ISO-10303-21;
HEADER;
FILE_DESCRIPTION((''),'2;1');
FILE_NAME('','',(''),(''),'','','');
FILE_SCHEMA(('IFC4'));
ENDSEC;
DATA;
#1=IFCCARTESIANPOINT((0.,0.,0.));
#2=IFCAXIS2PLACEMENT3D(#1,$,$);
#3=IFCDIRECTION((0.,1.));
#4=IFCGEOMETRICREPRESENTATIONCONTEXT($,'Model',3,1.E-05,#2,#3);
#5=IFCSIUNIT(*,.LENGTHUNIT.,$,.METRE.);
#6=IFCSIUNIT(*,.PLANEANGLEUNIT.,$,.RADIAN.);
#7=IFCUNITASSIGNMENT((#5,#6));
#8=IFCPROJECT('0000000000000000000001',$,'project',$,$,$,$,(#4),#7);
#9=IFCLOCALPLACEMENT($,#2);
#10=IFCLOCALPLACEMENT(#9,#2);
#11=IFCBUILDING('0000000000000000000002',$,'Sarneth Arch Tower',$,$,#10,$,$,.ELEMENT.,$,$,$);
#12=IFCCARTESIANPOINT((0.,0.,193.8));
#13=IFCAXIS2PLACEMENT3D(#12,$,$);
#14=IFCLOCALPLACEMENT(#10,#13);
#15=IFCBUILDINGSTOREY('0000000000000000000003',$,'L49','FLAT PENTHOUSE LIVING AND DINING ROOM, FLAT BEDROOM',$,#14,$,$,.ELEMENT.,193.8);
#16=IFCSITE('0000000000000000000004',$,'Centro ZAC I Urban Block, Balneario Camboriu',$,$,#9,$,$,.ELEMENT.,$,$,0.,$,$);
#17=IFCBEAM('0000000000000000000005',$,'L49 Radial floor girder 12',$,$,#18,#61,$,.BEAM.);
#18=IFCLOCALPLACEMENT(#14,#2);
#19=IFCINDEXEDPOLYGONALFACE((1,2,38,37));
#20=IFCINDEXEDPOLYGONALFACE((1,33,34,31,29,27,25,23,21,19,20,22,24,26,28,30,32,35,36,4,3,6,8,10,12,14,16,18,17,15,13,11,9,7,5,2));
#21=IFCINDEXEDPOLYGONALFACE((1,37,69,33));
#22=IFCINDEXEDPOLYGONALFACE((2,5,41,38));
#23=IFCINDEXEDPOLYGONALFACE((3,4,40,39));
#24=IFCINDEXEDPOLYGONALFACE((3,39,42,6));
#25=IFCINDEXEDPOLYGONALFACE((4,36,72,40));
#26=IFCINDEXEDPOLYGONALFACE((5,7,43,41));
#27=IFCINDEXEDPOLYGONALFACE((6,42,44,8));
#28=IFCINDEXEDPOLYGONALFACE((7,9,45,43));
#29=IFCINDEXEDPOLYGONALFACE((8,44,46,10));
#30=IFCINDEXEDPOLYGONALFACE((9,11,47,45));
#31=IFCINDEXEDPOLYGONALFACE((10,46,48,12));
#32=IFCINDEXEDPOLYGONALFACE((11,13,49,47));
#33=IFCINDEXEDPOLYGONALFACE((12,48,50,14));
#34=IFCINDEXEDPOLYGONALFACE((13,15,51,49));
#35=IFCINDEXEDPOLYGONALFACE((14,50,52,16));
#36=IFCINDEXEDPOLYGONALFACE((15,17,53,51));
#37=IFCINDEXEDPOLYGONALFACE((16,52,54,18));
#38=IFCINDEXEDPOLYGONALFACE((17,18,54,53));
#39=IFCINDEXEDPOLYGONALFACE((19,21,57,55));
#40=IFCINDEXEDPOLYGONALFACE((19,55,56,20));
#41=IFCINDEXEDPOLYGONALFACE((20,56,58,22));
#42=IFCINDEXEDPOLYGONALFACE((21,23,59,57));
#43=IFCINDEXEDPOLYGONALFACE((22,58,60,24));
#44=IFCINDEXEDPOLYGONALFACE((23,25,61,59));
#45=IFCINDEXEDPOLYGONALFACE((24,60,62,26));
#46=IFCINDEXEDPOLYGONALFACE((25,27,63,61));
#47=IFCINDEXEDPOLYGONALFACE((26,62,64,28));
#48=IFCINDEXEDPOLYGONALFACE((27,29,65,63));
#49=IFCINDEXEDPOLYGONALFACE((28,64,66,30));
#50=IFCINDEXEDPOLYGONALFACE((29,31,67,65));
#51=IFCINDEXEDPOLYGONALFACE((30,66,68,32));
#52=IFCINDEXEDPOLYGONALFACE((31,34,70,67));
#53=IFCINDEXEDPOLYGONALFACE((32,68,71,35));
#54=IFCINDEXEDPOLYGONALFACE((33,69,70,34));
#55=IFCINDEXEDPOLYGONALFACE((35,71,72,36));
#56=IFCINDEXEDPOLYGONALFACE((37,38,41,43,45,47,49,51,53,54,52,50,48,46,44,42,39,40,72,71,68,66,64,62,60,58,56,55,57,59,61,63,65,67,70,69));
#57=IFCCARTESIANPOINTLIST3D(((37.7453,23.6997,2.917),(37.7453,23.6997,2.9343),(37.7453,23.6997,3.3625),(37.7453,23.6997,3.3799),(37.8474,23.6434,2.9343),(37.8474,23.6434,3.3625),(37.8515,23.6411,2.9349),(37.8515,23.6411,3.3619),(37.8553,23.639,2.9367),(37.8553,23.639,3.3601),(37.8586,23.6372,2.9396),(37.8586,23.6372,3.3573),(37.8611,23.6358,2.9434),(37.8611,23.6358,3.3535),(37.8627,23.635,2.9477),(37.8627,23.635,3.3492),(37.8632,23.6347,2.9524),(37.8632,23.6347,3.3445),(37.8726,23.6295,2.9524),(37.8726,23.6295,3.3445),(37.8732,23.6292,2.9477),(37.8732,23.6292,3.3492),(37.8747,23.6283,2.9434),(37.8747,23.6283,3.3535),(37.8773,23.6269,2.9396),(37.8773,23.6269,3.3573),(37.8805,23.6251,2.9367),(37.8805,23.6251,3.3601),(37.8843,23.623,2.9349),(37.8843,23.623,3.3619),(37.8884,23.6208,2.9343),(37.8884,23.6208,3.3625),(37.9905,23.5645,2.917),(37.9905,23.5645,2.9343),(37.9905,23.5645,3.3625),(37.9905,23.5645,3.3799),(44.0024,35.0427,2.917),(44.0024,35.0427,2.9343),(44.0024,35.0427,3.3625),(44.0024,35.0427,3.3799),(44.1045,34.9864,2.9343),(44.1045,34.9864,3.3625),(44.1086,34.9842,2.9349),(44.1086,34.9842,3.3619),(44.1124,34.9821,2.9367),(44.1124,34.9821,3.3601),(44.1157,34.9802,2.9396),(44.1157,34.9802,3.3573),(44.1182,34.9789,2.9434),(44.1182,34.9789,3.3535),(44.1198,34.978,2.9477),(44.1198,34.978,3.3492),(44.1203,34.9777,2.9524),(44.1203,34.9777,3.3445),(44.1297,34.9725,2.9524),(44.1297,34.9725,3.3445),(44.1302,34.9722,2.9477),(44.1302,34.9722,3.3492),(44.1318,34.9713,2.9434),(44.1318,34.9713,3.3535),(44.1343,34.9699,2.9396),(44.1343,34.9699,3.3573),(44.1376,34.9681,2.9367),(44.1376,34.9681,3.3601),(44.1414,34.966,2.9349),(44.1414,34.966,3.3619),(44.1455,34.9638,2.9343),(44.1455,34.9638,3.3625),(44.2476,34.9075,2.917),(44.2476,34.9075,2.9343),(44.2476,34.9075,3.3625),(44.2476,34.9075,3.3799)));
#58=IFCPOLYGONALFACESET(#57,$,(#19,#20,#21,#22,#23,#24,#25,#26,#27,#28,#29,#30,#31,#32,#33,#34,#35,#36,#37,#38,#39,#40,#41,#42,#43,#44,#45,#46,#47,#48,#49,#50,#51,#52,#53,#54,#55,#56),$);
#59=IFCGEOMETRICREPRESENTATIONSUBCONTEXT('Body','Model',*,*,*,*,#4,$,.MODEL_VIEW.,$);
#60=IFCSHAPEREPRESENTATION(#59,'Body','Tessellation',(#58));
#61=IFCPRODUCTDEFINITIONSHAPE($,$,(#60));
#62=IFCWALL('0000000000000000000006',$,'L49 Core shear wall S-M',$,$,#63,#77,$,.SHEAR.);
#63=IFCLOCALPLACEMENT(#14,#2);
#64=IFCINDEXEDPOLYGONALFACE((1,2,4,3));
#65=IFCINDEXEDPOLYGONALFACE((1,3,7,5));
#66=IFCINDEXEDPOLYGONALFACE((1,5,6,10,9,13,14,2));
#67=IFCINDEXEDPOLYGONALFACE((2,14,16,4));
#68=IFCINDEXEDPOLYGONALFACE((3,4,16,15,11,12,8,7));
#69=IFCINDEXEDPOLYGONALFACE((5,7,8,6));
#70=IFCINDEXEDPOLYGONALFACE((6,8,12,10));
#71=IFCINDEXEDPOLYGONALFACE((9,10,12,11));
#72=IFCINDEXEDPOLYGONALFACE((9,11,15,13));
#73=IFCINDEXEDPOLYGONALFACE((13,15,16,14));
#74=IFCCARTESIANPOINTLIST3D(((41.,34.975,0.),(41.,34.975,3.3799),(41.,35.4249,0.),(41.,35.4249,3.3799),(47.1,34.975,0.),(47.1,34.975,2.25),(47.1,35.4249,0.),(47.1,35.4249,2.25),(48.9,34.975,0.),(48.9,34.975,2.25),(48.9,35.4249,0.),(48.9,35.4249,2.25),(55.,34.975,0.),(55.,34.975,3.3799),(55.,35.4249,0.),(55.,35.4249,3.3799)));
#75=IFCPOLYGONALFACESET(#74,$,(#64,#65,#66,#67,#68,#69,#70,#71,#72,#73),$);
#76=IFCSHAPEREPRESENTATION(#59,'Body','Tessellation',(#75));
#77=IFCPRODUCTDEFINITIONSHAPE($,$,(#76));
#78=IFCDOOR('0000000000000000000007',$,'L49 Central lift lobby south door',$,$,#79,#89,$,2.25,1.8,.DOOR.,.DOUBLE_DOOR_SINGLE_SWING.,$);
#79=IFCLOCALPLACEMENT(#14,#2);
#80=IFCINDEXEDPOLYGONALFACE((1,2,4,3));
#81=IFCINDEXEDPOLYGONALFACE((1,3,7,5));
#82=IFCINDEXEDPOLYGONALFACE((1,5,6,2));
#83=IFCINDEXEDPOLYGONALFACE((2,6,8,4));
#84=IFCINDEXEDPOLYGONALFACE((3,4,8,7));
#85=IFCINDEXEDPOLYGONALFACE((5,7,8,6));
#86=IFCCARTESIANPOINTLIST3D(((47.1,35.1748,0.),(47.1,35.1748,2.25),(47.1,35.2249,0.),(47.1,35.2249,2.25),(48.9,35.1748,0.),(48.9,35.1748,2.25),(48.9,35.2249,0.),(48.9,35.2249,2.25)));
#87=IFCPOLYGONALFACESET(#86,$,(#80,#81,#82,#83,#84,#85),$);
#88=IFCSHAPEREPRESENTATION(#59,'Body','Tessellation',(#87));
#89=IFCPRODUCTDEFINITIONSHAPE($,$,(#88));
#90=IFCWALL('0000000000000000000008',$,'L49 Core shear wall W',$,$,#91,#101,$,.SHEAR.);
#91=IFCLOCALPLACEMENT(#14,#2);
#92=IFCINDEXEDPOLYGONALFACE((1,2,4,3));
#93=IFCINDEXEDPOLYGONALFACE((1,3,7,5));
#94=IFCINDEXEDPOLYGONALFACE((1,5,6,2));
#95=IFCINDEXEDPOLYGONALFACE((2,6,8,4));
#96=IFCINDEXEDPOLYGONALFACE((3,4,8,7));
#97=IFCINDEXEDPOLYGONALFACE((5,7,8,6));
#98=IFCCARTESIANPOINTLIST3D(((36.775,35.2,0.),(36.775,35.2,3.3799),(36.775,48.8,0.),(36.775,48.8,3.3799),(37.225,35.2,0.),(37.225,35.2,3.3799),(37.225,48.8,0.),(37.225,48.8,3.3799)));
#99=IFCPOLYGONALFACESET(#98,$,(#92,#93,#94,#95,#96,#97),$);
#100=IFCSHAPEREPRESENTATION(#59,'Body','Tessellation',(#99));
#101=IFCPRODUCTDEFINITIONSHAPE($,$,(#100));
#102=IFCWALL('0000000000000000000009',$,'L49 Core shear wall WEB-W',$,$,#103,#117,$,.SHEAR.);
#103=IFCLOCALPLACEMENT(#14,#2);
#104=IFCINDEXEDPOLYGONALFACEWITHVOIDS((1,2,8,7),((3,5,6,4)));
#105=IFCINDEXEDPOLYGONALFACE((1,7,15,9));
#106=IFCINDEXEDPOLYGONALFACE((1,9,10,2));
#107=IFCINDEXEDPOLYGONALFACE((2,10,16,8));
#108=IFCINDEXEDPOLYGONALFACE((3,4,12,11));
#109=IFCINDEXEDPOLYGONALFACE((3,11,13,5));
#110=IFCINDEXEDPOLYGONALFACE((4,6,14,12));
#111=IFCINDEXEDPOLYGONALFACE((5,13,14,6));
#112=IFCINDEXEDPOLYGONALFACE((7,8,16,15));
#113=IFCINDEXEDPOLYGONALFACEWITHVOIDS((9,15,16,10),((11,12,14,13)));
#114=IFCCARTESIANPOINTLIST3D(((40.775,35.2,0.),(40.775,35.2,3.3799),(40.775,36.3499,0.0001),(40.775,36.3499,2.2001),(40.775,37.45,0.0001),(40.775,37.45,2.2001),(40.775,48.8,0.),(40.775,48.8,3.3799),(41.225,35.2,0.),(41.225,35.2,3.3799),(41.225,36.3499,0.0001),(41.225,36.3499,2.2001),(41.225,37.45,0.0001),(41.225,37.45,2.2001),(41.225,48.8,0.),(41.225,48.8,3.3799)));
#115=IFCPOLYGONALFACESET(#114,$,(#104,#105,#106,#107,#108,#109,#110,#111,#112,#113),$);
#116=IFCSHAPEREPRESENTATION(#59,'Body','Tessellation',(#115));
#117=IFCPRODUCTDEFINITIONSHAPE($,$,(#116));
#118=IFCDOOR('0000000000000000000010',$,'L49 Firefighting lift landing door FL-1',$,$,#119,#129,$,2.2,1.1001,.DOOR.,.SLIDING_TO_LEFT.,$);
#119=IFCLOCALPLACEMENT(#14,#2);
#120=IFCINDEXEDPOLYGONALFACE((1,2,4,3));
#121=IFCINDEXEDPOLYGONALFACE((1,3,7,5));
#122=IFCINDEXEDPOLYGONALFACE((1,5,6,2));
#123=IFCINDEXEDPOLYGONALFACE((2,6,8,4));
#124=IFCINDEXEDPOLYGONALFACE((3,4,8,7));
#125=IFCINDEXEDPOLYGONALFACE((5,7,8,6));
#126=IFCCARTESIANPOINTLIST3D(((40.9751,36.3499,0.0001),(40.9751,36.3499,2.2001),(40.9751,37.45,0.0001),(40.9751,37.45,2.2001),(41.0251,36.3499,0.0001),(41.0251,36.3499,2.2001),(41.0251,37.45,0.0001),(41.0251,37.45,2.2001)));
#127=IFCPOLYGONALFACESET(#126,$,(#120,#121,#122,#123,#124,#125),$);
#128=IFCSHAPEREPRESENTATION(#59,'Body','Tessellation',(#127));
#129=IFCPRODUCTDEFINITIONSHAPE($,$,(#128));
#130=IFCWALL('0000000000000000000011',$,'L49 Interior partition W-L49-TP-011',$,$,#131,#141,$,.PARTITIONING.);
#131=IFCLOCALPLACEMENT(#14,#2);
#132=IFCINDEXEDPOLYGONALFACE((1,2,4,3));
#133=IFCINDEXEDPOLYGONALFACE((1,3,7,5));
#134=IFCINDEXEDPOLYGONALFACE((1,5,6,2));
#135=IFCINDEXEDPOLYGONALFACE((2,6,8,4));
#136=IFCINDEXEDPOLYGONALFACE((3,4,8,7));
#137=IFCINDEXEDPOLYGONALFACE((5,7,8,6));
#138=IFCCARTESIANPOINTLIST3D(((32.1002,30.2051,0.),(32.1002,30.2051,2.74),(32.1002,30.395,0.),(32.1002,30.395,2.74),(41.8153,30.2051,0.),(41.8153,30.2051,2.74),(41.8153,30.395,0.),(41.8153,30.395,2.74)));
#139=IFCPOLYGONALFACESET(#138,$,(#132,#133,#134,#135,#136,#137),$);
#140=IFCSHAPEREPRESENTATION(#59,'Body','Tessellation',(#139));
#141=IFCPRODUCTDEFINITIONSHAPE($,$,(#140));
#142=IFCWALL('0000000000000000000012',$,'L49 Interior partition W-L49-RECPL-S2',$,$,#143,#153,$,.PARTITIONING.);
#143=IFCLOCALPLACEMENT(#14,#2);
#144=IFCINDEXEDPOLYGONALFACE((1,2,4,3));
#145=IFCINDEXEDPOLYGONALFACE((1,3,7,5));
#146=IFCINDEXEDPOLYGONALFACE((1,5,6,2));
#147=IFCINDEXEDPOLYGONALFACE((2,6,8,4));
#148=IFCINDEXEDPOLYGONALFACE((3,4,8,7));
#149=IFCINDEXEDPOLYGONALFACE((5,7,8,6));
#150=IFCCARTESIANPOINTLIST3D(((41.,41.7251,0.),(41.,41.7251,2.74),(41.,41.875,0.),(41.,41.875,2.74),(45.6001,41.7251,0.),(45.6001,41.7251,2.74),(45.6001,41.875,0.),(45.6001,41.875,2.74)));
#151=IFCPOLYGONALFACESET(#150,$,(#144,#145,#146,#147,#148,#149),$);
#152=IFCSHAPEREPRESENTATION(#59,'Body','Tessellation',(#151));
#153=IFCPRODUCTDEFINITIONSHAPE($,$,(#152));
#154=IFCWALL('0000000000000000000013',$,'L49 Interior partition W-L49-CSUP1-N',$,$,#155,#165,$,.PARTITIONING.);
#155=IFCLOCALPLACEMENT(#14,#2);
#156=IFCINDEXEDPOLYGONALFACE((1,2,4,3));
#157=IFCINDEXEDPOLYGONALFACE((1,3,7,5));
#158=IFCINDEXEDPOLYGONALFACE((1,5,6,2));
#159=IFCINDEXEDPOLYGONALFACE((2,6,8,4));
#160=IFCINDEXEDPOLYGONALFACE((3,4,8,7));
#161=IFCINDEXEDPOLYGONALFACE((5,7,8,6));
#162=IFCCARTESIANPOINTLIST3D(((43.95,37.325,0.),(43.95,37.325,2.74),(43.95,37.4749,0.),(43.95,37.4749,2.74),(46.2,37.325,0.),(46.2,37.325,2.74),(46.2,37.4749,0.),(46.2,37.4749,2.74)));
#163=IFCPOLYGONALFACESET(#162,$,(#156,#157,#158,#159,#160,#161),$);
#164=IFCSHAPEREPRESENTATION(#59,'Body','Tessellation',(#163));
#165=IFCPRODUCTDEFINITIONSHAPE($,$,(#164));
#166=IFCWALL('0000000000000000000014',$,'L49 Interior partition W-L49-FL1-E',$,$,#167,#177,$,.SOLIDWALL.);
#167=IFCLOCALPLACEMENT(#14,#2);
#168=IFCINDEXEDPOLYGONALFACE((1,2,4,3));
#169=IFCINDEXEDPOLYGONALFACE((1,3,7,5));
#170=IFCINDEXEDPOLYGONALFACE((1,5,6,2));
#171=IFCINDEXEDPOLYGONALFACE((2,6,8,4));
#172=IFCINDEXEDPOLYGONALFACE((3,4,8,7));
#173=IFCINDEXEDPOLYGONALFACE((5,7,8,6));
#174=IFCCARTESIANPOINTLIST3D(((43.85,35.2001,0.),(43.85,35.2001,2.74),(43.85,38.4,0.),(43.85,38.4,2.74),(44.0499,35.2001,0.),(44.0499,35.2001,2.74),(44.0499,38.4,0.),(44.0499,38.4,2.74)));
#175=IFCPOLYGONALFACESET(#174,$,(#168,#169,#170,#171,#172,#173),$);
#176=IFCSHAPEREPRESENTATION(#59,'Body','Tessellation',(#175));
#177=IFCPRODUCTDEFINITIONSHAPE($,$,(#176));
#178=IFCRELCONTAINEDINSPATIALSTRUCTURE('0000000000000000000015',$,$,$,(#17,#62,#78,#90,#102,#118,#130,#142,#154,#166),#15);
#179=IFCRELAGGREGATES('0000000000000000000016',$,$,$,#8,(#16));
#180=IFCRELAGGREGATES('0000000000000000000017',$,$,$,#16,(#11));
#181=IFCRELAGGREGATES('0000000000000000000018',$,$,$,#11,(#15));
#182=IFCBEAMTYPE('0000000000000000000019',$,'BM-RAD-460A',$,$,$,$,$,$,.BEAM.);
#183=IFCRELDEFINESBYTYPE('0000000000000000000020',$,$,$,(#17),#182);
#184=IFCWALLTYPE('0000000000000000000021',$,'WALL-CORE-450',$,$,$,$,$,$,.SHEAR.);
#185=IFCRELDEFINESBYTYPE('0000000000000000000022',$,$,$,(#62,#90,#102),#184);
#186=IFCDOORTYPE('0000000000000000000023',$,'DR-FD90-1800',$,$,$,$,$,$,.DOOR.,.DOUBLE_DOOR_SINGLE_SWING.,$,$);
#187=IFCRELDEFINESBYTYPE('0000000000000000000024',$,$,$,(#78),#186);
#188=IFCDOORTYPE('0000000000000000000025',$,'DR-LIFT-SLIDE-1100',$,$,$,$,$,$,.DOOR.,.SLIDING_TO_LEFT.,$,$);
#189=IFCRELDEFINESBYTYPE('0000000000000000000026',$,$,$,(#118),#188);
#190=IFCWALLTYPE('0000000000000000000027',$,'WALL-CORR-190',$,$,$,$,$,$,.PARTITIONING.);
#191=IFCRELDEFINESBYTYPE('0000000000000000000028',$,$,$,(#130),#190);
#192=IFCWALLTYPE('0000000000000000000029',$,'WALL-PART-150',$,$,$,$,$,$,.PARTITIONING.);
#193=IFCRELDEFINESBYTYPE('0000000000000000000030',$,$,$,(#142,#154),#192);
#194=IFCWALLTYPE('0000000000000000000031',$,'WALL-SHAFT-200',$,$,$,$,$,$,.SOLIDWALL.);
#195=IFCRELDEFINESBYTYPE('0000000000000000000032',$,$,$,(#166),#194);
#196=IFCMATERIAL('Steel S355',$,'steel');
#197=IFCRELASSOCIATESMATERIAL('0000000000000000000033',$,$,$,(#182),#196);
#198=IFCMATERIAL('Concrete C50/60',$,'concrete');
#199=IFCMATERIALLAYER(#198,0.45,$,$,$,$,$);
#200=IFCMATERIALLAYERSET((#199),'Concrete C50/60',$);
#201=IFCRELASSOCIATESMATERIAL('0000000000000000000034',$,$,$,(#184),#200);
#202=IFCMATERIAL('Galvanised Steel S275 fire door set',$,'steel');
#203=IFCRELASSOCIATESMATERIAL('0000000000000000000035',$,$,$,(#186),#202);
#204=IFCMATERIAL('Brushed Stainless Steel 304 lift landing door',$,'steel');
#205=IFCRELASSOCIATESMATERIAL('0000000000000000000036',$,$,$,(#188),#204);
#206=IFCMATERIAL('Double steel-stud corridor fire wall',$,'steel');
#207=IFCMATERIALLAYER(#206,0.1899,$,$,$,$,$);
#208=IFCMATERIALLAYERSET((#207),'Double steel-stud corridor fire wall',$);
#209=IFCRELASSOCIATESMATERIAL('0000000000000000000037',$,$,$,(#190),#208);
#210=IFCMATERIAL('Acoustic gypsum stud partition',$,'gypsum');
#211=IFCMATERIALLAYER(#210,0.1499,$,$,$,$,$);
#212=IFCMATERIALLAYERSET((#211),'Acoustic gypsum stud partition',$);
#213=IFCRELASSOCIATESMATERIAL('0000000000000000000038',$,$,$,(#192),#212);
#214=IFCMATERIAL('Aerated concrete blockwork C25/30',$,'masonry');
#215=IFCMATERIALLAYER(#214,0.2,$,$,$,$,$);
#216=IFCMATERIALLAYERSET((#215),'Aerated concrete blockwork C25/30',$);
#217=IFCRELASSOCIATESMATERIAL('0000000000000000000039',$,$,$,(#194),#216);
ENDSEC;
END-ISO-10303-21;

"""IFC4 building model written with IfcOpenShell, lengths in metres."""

from ifc_helpers import new_model, si_unit, direction, frame, frame_2d, origin, origin_2d, place, context, subcontext, project, spatial, rectangle, i_section, extrude, material, layer, layer_set, material_profile, profile_set, type_object, element, fill, save


model = new_model("IFC4")

# Units and contexts
model_context = context("Model", 3, precision=1e-05, world=origin(), true_north=direction((0.0, 1.0)))
body_context = subcontext(model_context, "Body", "Model", "MODEL_VIEW")
ifc_project = project(units=[si_unit("LENGTHUNIT", "METRE"), si_unit("PLANEANGLEUNIT", "RADIAN")], contexts=[model_context])

# Site, building, storey
site_placement = place(None, origin())
site = spatial("IfcSite", under=ifc_project, at=site_placement, Name="Centro ZAC I Urban Block, Balneario Camboriu", CompositionType="ELEMENT", RefElevation=0.0)
building_placement = place(site_placement, origin())
building = spatial("IfcBuilding", under=site, at=building_placement, Name="Sarneth Arch Tower", CompositionType="ELEMENT")
storey_placement = place(building_placement, frame((0.0, 0.0, 193.8)))
storey = spatial("IfcBuildingStorey", under=building, at=storey_placement, Name="L49", Description="FLAT PENTHOUSE LIVING AND DINING ROOM, FLAT BEDROOM", CompositionType="ELEMENT", Elevation=193.8)

# Beam
ifc_material_1 = material(Name="Steel S355", Category="steel")
ifc_material_profile_1 = material_profile(ifc_material_1, i_section(OverallWidth=0.28, OverallDepth=0.4629, WebThickness=0.0107, FlangeThickness=0.0173, FilletRadius=0.0181, at=origin_2d()), Name="W460x113")
ifc_profile_set_1 = profile_set([ifc_material_profile_1], Name="Steel S355")
beam_type_1 = type_object("IfcBeamType", Name="BM-RAD-460A", PredefinedType="BEAM", material=ifc_profile_set_1)
beam_1_placement = place(storey_placement, frame((44.125, 34.9751, 3.1484), z_axis=(-0.48301, -0.875615, 0.0), x_axis=(0.875615, -0.48301, 0.0)))
element("IfcBeam", 1, at=beam_1_placement, inside=storey, type_object=beam_type_1, Name="L49 Radial floor girder 12", PredefinedType="BEAM", context=body_context, shape_type="SweptSolid", body=[
    extrude(i_section(OverallWidth=0.28, OverallDepth=0.4629, WebThickness=0.0107, FlangeThickness=0.0173, FilletRadius=0.0181, at=origin_2d()), origin(), (0.0, 0.0, 1.0), 12.9543),
])

# Wall, opening, door
ifc_material_2 = material(Name="Concrete C50/60", Category="concrete")
ifc_layer_1 = layer(ifc_material_2, 0.45)
ifc_layer_set_1 = layer_set([ifc_layer_1], Name="Concrete C50/60")
wall_type_1 = type_object("IfcWallType", Name="WALL-CORE-450", PredefinedType="SHEAR", material=ifc_layer_set_1)
wall_1_placement = place(storey_placement, frame((41.0, 35.2, 0.0), z_axis=(0.0, 0.0, 1.0), x_axis=(1.0, 0.0, 0.0)))
wall_1 = element("IfcWall", 2, at=wall_1_placement, inside=storey, type_object=wall_type_1, Name="L49 Core shear wall S-M", PredefinedType="SHEAR", context=body_context, shape_type="SweptSolid", body=[
    extrude(rectangle(XDim=14.0, YDim=0.45, at=frame_2d((7.0, 0.0))), origin(), (0.0, 0.0, 1.0), 3.3799),
])
opening_1_placement = place(wall_1_placement, frame((6.1001, 0.0, 0.0)))
opening_1 = element("IfcOpeningElement", 3, at=opening_1_placement, cuts=wall_1, PredefinedType="OPENING", context=body_context, shape_type="SweptSolid", body=[
    extrude(rectangle(XDim=1.8, YDim=2.25, at=frame_2d((0.8999, 1.125))), frame((0.0, 0.2349, 0.0), z_axis=(0.0, -1.0, 0.0), x_axis=(1.0, 0.0, 0.0)), (0.0, 0.0, 1.0), 0.47),
])
ifc_material_3 = material(Name="Galvanised Steel S275 fire door set", Category="steel")
door_type_1 = type_object("IfcDoorType", Name="DR-FD90-1800", OperationType="DOUBLE_DOOR_SINGLE_SWING", PredefinedType="DOOR", material=ifc_material_3)
door_1_placement = place(opening_1_placement, origin())
door_1 = element("IfcDoor", 4, at=door_1_placement, inside=storey, type_object=door_type_1, Name="L49 Central lift lobby south door", OperationType="DOUBLE_DOOR_SINGLE_SWING", OverallHeight=2.25, OverallWidth=1.8, PredefinedType="DOOR", context=body_context, shape_type="SweptSolid", body=[
    extrude(rectangle(XDim=1.8, YDim=2.25, at=frame_2d((0.8999, 1.125))), frame((0.0, 0.0249, 0.0), z_axis=(0.0, -1.0, 0.0), x_axis=(1.0, 0.0, 0.0)), (0.0, 0.0, 1.0), 0.05),
])
fill(opening_1, door_1)

# Wall
wall_2_placement = place(storey_placement, frame((37.0, 35.2, 0.0), z_axis=(0.0, 0.0, 1.0), x_axis=(0.0, 1.0, 0.0)))
element("IfcWall", 5, at=wall_2_placement, inside=storey, type_object=wall_type_1, Name="L49 Core shear wall W", PredefinedType="SHEAR", context=body_context, shape_type="SweptSolid", body=[
    extrude(rectangle(XDim=13.6001, YDim=0.45, at=frame_2d((6.8, 0.0))), origin(), (0.0, 0.0, 1.0), 3.3799),
])

# Wall, opening, door
wall_3_placement = place(storey_placement, frame((41.0, 35.2, 0.0), z_axis=(0.0, 0.0, 1.0), x_axis=(0.0, 1.0, 0.0)))
wall_3 = element("IfcWall", 6, at=wall_3_placement, inside=storey, type_object=wall_type_1, Name="L49 Core shear wall WEB-W", PredefinedType="SHEAR", context=body_context, shape_type="SweptSolid", body=[
    extrude(rectangle(XDim=13.6001, YDim=0.45, at=frame_2d((6.8, 0.0))), origin(), (0.0, 0.0, 1.0), 3.3799),
])
opening_2_placement = place(wall_3_placement, frame((1.1499, 0.0, 0.0)))
opening_2 = element("IfcOpeningElement", 7, at=opening_2_placement, cuts=wall_3, PredefinedType="OPENING", context=body_context, shape_type="SweptSolid", body=[
    extrude(rectangle(XDim=1.1001, YDim=2.2, at=frame_2d((0.55, 1.1001))), frame((0.0, 0.2349, 0.0), z_axis=(0.0, -1.0, 0.0), x_axis=(1.0, 0.0, 0.0)), (0.0, 0.0, 1.0), 0.47),
])
ifc_material_4 = material(Name="Brushed Stainless Steel 304 lift landing door", Category="steel")
door_type_2 = type_object("IfcDoorType", Name="DR-LIFT-SLIDE-1100", OperationType="SLIDING_TO_LEFT", PredefinedType="DOOR", material=ifc_material_4)
door_2_placement = place(opening_2_placement, origin())
door_2 = element("IfcDoor", 8, at=door_2_placement, inside=storey, type_object=door_type_2, Name="L49 Firefighting lift landing door FL-1", OperationType="SLIDING_TO_LEFT", OverallHeight=2.2, OverallWidth=1.1001, PredefinedType="DOOR", context=body_context, shape_type="SweptSolid", body=[
    extrude(rectangle(XDim=1.1001, YDim=2.2, at=frame_2d((0.55, 1.1001))), frame((0.0, 0.0249, 0.0), z_axis=(0.0, -1.0, 0.0), x_axis=(1.0, 0.0, 0.0)), (0.0, 0.0, 1.0), 0.05),
])
fill(opening_2, door_2)

# Wall
ifc_material_5 = material(Name="Double steel-stud corridor fire wall", Category="steel")
ifc_layer_2 = layer(ifc_material_5, 0.1899)
ifc_layer_set_2 = layer_set([ifc_layer_2], Name="Double steel-stud corridor fire wall")
wall_type_2 = type_object("IfcWallType", Name="WALL-CORR-190", PredefinedType="PARTITIONING", material=ifc_layer_set_2)
wall_4_placement = place(storey_placement, frame((41.8152, 30.3, 0.0), z_axis=(0.0, 0.0, 1.0), x_axis=(-1.0, 0.0, 0.0)))
element("IfcWall", 9, at=wall_4_placement, inside=storey, type_object=wall_type_2, Name="L49 Interior partition W-L49-TP-011", PredefinedType="PARTITIONING", context=body_context, shape_type="SweptSolid", body=[
    extrude(rectangle(XDim=9.7151, YDim=0.1899, at=frame_2d((4.8574, 0.0))), origin(), (0.0, 0.0, 1.0), 2.74),
])

# Shared definitions
ifc_material_6 = material(Name="Acoustic gypsum stud partition", Category="gypsum")
ifc_layer_3 = layer(ifc_material_6, 0.1499)
ifc_layer_set_3 = layer_set([ifc_layer_3], Name="Acoustic gypsum stud partition")
wall_type_3 = type_object("IfcWallType", Name="WALL-PART-150", PredefinedType="PARTITIONING", material=ifc_layer_set_3)

# Wall
wall_5_placement = place(storey_placement, frame((41.0, 41.8, 0.0), z_axis=(0.0, 0.0, 1.0), x_axis=(1.0, 0.0, 0.0)))
element("IfcWall", 10, at=wall_5_placement, inside=storey, type_object=wall_type_3, Name="L49 Interior partition W-L49-RECPL-S2", PredefinedType="PARTITIONING", context=body_context, shape_type="SweptSolid", body=[
    extrude(rectangle(XDim=4.6001, YDim=0.1499, at=frame_2d((2.3, 0.0))), origin(), (0.0, 0.0, 1.0), 2.74),
])

# Wall
wall_6_placement = place(storey_placement, frame((43.95, 37.3999, 0.0), z_axis=(0.0, 0.0, 1.0), x_axis=(1.0, 0.0, 0.0)))
element("IfcWall", 11, at=wall_6_placement, inside=storey, type_object=wall_type_3, Name="L49 Interior partition W-L49-CSUP1-N", PredefinedType="PARTITIONING", context=body_context, shape_type="SweptSolid", body=[
    extrude(rectangle(XDim=2.25, YDim=0.1499, at=frame_2d((1.125, 0.0))), origin(), (0.0, 0.0, 1.0), 2.74),
])

# Shared definitions
ifc_material_7 = material(Name="Aerated concrete blockwork C25/30", Category="masonry")
ifc_layer_4 = layer(ifc_material_7, 0.2)
ifc_layer_set_4 = layer_set([ifc_layer_4], Name="Aerated concrete blockwork C25/30")
wall_type_4 = type_object("IfcWallType", Name="WALL-SHAFT-200", PredefinedType="SOLIDWALL", material=ifc_layer_set_4)

# Wall
wall_7_placement = place(storey_placement, frame((43.95, 35.2, 0.0), z_axis=(0.0, 0.0, 1.0), x_axis=(0.0, 1.0, 0.0)))
element("IfcWall", 12, at=wall_7_placement, inside=storey, type_object=wall_type_4, Name="L49 Interior partition W-L49-FL1-E", PredefinedType="SOLIDWALL", context=body_context, shape_type="SweptSolid", body=[
    extrude(rectangle(XDim=3.2, YDim=0.2, at=frame_2d((1.6001, 0.0))), origin(), (0.0, 0.0, 1.0), 2.74),
])

save(model, "model.ifc")
